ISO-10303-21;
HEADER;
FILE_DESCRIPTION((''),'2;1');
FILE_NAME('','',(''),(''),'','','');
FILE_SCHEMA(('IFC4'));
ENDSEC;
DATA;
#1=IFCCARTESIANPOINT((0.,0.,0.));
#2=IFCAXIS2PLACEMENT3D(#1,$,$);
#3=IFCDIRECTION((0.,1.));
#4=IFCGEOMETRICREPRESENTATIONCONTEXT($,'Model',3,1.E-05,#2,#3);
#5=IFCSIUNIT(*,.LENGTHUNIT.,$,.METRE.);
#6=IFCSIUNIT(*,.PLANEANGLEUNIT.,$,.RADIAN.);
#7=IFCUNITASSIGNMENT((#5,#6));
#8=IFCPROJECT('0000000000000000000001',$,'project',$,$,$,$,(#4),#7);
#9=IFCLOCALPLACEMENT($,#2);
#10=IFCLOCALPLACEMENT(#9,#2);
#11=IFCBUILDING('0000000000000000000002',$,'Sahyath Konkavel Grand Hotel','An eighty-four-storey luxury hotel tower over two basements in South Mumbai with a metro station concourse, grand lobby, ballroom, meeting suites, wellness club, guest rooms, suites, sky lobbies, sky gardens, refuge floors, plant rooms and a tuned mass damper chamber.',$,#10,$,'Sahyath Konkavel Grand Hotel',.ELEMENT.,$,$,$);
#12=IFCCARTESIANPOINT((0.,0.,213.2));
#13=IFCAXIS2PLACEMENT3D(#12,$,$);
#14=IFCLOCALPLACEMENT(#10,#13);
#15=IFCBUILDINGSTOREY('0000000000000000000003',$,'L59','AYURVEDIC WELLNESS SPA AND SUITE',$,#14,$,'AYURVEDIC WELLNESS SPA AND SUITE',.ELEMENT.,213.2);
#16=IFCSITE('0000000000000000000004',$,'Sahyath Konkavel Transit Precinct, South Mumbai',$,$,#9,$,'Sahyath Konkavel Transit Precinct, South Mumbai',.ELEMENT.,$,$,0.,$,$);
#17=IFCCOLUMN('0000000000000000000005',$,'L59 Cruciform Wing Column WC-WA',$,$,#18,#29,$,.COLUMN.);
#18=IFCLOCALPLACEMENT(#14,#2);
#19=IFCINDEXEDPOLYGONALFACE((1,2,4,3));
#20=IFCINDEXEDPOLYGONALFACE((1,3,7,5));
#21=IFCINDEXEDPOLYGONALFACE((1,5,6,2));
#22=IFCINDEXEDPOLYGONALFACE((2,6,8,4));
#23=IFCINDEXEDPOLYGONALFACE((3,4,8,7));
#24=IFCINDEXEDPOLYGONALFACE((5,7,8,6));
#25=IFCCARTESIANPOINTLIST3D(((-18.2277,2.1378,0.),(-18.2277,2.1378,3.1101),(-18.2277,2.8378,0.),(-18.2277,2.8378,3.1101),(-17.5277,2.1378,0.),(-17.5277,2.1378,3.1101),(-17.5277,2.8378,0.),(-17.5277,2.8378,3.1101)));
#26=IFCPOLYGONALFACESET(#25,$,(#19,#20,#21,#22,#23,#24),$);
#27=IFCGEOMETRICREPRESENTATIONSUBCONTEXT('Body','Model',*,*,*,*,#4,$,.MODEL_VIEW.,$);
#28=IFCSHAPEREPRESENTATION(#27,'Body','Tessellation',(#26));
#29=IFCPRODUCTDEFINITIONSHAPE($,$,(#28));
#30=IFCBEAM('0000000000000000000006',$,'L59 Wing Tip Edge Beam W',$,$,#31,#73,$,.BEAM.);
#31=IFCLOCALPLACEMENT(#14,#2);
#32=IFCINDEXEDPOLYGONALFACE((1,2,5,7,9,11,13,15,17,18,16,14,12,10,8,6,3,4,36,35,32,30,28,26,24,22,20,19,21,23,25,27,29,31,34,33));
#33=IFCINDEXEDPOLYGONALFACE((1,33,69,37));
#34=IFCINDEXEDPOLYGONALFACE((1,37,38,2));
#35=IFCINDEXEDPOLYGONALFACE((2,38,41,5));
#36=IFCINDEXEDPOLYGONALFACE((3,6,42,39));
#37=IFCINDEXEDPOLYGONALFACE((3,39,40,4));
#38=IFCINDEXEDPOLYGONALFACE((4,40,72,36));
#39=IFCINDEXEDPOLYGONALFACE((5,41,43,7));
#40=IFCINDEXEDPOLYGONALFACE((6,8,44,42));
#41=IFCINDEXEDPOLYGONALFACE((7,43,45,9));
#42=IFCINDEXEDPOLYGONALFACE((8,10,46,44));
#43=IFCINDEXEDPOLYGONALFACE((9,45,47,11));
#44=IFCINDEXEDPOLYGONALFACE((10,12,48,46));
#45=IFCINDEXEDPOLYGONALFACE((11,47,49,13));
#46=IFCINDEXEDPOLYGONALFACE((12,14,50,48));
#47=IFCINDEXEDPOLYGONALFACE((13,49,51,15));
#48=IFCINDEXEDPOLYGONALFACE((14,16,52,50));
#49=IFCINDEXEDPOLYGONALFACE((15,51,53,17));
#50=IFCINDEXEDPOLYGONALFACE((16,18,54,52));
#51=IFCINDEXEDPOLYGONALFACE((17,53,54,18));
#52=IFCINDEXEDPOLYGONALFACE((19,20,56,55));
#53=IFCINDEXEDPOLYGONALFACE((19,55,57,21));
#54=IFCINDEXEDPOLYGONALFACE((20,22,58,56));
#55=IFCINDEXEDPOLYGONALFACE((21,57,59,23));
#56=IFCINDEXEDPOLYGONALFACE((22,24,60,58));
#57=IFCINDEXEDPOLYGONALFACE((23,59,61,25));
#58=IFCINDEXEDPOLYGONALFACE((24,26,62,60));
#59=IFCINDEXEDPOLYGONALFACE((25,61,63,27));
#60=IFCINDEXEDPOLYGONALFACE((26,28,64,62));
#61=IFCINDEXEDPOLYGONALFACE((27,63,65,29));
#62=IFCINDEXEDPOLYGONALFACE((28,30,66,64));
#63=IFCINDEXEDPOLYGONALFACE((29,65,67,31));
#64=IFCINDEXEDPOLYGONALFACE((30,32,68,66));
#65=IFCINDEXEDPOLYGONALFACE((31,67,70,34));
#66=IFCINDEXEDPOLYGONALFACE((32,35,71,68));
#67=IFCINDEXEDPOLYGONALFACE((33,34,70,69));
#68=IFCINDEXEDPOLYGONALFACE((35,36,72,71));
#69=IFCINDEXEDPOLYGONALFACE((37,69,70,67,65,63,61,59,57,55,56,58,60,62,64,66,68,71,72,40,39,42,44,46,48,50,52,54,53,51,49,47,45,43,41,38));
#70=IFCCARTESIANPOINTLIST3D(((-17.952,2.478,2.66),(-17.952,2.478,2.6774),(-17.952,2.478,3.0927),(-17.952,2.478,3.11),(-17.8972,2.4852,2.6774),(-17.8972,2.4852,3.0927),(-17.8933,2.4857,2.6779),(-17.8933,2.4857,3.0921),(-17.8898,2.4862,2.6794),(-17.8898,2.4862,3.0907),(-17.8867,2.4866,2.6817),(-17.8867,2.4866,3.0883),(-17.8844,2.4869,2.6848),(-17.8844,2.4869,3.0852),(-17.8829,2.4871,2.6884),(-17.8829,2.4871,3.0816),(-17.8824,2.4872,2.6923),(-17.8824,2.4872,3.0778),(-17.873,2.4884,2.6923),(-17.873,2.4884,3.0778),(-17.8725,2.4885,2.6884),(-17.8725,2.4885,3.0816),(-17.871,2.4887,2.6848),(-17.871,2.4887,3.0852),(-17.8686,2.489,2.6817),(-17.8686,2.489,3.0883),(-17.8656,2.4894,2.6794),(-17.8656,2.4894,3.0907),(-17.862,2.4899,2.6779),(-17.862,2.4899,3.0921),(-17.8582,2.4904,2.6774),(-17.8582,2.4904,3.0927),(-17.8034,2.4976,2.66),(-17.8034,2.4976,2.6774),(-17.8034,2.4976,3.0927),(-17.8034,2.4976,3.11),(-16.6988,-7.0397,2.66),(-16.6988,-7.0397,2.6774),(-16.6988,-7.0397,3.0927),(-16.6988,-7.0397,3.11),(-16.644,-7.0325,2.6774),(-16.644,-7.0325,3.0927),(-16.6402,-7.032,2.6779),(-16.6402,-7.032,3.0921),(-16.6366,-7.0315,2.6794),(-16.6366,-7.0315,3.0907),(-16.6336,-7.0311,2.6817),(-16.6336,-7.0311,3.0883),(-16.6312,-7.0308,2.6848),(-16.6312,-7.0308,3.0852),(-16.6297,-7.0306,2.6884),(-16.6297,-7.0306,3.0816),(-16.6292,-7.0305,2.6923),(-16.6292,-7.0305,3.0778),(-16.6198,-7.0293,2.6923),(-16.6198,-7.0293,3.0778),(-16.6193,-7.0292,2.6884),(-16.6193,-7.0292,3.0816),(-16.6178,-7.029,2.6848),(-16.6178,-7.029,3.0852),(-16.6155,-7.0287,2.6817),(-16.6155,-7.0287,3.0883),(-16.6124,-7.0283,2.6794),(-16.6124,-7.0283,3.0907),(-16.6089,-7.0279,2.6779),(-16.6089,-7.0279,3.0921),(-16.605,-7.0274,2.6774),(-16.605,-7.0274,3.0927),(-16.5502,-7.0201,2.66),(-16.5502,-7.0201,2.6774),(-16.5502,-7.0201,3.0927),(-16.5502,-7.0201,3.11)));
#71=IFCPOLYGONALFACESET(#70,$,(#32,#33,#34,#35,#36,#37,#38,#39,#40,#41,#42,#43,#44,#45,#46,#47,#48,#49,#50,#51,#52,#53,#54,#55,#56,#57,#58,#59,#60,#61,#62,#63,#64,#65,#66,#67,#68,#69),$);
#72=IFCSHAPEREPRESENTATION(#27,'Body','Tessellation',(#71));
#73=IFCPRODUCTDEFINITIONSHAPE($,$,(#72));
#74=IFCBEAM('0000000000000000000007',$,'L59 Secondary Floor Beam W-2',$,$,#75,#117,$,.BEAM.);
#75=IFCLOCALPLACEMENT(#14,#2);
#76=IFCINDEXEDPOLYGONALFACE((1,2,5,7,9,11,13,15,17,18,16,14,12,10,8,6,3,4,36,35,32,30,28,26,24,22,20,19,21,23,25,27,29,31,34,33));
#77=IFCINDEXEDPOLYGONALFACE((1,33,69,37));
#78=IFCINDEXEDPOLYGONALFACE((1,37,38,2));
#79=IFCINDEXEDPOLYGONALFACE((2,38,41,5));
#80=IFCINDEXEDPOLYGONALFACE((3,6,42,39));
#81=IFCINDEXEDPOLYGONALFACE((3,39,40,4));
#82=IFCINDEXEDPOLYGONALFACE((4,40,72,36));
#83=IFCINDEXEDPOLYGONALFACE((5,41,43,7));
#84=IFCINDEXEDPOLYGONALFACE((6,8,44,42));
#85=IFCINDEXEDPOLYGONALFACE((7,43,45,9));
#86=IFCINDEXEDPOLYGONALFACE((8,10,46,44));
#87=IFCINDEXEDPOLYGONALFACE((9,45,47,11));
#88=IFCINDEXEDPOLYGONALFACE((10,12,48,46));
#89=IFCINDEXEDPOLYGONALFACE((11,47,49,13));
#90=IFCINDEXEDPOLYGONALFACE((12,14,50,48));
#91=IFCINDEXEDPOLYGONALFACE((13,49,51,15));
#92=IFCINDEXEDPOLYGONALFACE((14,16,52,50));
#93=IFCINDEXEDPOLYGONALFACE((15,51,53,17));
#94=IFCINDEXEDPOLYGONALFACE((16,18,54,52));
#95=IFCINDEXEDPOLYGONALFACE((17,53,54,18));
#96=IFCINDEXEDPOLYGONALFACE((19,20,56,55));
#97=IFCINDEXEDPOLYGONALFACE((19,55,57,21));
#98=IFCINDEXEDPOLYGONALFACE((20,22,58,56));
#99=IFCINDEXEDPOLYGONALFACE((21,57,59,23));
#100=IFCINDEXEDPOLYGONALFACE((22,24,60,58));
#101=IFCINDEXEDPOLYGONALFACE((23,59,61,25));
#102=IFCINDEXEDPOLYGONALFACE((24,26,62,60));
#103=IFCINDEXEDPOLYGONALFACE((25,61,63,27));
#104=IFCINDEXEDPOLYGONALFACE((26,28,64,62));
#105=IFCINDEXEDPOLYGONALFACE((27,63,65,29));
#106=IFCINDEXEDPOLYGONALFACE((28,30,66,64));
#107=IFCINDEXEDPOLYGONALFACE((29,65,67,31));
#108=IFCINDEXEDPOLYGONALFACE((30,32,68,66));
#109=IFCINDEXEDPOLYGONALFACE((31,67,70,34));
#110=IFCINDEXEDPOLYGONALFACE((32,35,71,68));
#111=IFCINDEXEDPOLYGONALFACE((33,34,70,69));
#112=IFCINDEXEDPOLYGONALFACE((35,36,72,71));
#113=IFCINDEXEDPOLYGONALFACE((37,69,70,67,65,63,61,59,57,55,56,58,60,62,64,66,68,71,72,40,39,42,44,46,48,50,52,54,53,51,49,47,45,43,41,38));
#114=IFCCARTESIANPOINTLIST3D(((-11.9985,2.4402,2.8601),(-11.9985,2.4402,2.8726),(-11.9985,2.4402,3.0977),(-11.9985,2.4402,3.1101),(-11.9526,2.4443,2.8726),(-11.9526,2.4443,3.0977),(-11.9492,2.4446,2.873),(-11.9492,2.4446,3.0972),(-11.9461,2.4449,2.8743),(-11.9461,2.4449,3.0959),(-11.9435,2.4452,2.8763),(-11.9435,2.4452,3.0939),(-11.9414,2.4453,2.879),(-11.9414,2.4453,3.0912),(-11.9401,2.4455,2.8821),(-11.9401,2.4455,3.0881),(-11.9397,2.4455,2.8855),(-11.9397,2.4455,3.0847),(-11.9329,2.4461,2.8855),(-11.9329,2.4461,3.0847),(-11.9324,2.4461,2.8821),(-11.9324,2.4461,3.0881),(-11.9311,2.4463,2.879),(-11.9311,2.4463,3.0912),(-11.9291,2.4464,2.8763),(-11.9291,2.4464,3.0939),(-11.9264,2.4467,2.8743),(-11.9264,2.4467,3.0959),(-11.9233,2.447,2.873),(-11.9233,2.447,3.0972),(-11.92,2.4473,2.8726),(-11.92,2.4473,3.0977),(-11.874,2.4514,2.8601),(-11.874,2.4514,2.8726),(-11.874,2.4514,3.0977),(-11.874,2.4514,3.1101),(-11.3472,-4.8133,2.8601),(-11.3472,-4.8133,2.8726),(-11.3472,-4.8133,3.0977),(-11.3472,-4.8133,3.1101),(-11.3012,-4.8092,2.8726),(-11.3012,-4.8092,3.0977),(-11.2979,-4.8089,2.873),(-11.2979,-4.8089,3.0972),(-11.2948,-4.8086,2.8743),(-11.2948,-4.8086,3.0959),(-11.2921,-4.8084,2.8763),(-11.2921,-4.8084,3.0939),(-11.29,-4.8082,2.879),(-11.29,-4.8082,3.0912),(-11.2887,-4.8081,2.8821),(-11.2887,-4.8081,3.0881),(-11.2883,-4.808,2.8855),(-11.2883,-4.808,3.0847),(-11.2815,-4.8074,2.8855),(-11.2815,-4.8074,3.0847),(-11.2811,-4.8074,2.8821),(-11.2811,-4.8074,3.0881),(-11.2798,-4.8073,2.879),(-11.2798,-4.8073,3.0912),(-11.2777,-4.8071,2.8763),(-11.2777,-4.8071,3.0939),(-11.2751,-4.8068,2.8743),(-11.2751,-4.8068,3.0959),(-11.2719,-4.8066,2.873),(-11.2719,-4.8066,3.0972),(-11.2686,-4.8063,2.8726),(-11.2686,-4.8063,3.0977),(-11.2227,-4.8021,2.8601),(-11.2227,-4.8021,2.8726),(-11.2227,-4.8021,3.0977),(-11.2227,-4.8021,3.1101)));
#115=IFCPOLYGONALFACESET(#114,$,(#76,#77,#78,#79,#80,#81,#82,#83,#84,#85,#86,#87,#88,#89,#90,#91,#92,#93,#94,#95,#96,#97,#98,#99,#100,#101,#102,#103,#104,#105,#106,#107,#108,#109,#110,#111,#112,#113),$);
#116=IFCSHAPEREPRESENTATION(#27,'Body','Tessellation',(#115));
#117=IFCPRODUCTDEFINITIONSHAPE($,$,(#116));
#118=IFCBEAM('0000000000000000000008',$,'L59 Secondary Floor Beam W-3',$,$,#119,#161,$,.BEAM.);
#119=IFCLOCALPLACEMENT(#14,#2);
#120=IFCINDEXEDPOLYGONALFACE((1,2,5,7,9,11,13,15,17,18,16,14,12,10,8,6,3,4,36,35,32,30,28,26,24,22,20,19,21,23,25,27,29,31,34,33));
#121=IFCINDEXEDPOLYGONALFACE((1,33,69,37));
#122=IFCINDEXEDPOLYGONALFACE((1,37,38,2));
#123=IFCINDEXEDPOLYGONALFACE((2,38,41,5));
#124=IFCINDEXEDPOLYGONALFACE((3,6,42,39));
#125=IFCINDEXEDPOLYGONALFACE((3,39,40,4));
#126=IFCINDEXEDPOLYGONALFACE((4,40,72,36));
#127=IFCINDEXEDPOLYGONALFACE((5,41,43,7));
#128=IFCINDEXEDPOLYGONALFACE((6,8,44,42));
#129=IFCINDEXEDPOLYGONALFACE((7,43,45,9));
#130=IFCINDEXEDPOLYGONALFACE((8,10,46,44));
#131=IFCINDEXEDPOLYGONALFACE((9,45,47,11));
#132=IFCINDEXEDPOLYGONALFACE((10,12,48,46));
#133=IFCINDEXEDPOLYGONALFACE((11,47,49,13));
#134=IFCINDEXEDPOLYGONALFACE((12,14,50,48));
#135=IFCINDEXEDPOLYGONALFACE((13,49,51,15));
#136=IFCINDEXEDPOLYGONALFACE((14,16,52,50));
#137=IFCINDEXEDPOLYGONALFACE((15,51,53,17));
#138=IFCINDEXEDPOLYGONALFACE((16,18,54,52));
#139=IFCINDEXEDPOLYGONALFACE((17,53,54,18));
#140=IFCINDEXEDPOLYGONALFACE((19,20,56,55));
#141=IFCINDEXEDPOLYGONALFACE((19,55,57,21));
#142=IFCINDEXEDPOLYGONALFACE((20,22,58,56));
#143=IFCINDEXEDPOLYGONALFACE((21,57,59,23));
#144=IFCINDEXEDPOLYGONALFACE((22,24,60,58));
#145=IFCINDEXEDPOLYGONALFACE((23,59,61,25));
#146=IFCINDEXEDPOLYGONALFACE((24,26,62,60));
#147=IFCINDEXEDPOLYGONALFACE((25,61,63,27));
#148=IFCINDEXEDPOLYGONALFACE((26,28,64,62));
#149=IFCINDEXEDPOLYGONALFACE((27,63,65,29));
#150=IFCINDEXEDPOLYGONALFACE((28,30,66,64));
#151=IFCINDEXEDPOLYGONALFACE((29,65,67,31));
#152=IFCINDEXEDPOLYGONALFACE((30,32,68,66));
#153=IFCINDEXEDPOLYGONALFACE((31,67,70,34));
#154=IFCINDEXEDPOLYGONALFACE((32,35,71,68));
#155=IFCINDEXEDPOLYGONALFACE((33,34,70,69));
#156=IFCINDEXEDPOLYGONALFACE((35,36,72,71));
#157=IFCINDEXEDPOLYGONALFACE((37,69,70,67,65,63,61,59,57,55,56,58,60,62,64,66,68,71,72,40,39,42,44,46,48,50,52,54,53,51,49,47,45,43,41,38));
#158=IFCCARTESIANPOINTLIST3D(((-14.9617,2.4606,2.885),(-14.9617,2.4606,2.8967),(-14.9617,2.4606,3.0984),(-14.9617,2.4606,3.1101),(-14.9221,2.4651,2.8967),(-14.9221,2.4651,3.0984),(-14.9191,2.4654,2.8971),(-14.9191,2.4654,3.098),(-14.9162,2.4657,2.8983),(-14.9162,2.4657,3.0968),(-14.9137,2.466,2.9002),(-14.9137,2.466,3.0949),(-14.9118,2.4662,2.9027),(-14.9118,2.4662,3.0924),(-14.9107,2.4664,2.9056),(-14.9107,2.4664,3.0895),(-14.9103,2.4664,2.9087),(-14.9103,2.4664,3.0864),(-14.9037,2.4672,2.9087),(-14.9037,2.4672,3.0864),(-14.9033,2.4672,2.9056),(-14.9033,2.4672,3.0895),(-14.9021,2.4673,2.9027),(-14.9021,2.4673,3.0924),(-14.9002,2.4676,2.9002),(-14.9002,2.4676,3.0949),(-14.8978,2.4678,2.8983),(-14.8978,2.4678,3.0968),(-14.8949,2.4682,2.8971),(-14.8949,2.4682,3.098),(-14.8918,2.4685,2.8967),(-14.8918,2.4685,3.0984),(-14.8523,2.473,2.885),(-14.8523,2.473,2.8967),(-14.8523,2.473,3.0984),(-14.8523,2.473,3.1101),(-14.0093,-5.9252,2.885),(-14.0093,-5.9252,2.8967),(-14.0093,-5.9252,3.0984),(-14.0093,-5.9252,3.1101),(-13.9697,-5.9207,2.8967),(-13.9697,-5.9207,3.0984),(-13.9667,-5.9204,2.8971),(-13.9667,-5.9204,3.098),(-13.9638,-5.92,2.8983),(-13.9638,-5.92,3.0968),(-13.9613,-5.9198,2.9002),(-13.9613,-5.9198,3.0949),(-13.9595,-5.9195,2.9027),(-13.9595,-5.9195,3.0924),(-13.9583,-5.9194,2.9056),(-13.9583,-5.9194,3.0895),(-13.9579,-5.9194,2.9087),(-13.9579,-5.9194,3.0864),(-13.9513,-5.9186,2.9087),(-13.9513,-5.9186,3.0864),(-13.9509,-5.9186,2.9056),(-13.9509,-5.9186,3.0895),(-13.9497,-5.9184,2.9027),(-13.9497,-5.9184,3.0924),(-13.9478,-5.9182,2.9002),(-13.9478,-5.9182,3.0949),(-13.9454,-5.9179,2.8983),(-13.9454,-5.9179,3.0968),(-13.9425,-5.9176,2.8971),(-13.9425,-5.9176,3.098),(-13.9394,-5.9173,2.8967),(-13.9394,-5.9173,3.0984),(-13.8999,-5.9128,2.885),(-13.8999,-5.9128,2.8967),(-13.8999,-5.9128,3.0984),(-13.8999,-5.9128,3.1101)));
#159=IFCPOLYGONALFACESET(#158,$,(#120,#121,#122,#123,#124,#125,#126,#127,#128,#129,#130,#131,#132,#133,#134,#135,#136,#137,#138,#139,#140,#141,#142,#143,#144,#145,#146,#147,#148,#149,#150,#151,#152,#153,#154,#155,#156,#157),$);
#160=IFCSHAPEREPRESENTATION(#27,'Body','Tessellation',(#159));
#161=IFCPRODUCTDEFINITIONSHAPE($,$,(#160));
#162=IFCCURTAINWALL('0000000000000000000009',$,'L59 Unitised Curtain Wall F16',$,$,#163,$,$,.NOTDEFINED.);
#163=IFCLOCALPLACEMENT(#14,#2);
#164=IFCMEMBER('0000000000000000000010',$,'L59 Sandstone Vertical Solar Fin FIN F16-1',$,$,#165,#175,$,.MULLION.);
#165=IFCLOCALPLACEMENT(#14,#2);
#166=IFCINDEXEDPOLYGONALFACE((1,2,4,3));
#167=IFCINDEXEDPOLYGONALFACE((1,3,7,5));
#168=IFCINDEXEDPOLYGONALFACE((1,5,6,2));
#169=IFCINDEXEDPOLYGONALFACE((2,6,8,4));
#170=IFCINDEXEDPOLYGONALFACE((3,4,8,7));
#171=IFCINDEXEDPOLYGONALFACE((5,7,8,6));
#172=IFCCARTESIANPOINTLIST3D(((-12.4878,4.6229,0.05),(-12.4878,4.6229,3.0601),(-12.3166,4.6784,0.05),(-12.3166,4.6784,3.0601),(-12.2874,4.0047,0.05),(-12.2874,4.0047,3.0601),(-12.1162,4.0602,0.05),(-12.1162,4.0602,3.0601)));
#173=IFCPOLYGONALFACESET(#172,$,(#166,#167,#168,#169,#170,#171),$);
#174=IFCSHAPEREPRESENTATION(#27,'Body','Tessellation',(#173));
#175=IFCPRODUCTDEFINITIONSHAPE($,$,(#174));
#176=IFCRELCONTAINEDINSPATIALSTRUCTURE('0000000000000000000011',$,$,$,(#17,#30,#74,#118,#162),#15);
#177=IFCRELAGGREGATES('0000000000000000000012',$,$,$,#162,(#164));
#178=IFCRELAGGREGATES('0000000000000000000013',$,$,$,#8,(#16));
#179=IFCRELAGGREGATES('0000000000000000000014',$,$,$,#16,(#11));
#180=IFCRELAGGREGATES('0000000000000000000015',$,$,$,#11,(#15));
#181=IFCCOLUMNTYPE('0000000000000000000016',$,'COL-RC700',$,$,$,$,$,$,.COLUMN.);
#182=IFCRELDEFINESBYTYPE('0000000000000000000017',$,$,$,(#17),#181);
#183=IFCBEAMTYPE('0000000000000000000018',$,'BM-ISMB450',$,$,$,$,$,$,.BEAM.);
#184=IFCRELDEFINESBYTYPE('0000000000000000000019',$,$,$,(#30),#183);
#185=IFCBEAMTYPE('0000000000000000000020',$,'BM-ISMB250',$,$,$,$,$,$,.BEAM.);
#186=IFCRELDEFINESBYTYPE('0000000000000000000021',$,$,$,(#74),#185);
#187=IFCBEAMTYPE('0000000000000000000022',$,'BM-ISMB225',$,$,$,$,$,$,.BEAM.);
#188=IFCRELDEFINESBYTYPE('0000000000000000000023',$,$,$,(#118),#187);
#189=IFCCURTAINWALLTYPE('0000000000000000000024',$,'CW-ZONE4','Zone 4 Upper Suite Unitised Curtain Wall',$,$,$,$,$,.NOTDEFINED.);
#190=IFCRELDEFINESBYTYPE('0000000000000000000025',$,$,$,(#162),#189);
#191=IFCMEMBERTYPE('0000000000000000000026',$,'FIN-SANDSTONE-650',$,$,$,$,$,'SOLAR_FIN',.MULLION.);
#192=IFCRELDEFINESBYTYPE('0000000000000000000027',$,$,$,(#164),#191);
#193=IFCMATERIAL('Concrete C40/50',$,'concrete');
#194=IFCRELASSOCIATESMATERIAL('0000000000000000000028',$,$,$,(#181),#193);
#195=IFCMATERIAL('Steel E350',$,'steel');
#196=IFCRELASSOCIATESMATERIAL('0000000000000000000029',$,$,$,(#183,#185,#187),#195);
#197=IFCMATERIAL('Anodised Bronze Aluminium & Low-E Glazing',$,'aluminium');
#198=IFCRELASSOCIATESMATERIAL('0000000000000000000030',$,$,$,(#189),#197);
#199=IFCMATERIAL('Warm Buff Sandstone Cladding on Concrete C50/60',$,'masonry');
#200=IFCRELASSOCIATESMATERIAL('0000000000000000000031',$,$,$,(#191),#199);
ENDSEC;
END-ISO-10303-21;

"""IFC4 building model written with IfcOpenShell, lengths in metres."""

from ifc_helpers import new_model, si_unit, direction, frame, origin, origin_2d, place, context, subcontext, project, spatial, rectangle, i_section, extrude, source, transform, mapped, material, material_profile, profile_set, type_object, element, aggregate, save


model = new_model("IFC4")

# Units and contexts
model_context = context("Model", 3, precision=1e-05, world=origin(), true_north=direction((0.0, 1.0)))
body_context = subcontext(model_context, "Body", "Model", "MODEL_VIEW")
ifc_project = project(units=[si_unit("LENGTHUNIT", "METRE"), si_unit("PLANEANGLEUNIT", "RADIAN")], contexts=[model_context])

# Site, building, storey
site_placement = place(None, origin())
site = spatial("IfcSite", under=ifc_project, at=site_placement, Name="Sahyath Konkavel Transit Precinct, South Mumbai", LongName="Sahyath Konkavel Transit Precinct, South Mumbai", CompositionType="ELEMENT", RefElevation=0.0)
building_placement = place(site_placement, origin())
building = spatial("IfcBuilding", under=site, at=building_placement, Name="Sahyath Konkavel Grand Hotel", Description="An eighty-four-storey luxury hotel tower over two basements in South Mumbai with a metro station concourse, grand lobby, ballroom, meeting suites, wellness club, guest rooms, suites, sky lobbies, sky gardens, refuge floors, plant rooms and a tuned mass damper chamber.", LongName="Sahyath Konkavel Grand Hotel", CompositionType="ELEMENT")
storey_placement = place(building_placement, frame((0.0, 0.0, 213.2)))
storey = spatial("IfcBuildingStorey", under=building, at=storey_placement, Name="L59", Description="AYURVEDIC WELLNESS SPA AND SUITE", LongName="AYURVEDIC WELLNESS SPA AND SUITE", CompositionType="ELEMENT", Elevation=213.2)

# Column
ifc_material_1 = material(Name="Concrete C40/50", Category="concrete")
ifc_material_profile_1 = material_profile(ifc_material_1, rectangle(XDim=0.7, YDim=0.7, at=origin_2d()), Name="RC 700x700")
ifc_profile_set_1 = profile_set([ifc_material_profile_1], Name="Concrete C40/50")
column_type = type_object("IfcColumnType", Name="COL-RC700", PredefinedType="COLUMN", material=ifc_profile_set_1)
shared_shape_1 = source(origin(), body_context, "Body", "SweptSolid", [
    extrude(rectangle(XDim=0.7, YDim=0.7, at=origin_2d()), origin(), (0.0, 0.0, 1.0), 3.1101),
])
column_placement = place(storey_placement, frame((-17.8777, 2.4878, 0.0), z_axis=(0.0, 0.0, 1.0), x_axis=(1.0, 0.0, 0.0)))
element("IfcColumn", 1, at=column_placement, inside=storey, type_object=column_type, Name="L59 Cruciform Wing Column WC-WA", PredefinedType="COLUMN", context=body_context, shape_type="MappedRepresentation", body=[
    mapped(shared_shape_1, transform((0.0, 0.0, 0.0), scale=1.0)),
])

# Beams
ifc_material_2 = material(Name="Steel E350", Category="steel")
ifc_material_profile_2 = material_profile(ifc_material_2, i_section(OverallWidth=0.1499, OverallDepth=0.45, WebThickness=0.0095, FlangeThickness=0.0173, FilletRadius=0.0149, at=origin_2d()), Name="ISMB 450")
ifc_profile_set_2 = profile_set([ifc_material_profile_2], Name="Steel E350")
beam_type_1 = type_object("IfcBeamType", Name="BM-ISMB450", PredefinedType="BEAM", material=ifc_profile_set_2)
shared_shape_2 = source(origin(), body_context, "Body", "SweptSolid", [
    extrude(i_section(OverallWidth=0.1499, OverallDepth=0.45, WebThickness=0.0095, FlangeThickness=0.0173, FilletRadius=0.0149, at=origin_2d()), origin(), (0.0, 0.0, 1.0), 9.5999),
])
beam_1_placement = place(storey_placement, frame((-17.8777, 2.4878, 2.885), z_axis=(0.130539, -0.991443, 0.0), x_axis=(0.991443, 0.130539, 0.0)))
element("IfcBeam", 2, at=beam_1_placement, inside=storey, type_object=beam_type_1, Name="L59 Wing Tip Edge Beam W", PredefinedType="BEAM", context=body_context, shape_type="MappedRepresentation", body=[
    mapped(shared_shape_2, transform((0.0, 0.0, 0.0), scale=1.0)),
])
ifc_material_profile_3 = material_profile(ifc_material_2, i_section(OverallWidth=0.125, OverallDepth=0.25, WebThickness=0.0068, FlangeThickness=0.0125, FilletRadius=0.0129, at=origin_2d()), Name="ISMB 250")
ifc_profile_set_3 = profile_set([ifc_material_profile_3], Name="Steel E350")
beam_type_2 = type_object("IfcBeamType", Name="BM-ISMB250", PredefinedType="BEAM", material=ifc_profile_set_3)
shared_shape_3 = source(origin(), body_context, "Body", "SweptSolid", [
    extrude(i_section(OverallWidth=0.125, OverallDepth=0.25, WebThickness=0.0068, FlangeThickness=0.0125, FilletRadius=0.0129, at=origin_2d()), origin(), (0.0, 0.0, 1.0), 7.2827),
])
beam_2_placement = place(storey_placement, frame((-11.9363, 2.4458, 2.9851), z_axis=(0.089441, -0.995992, 0.0), x_axis=(0.995992, 0.089441, 0.0)))
element("IfcBeam", 3, at=beam_2_placement, inside=storey, type_object=beam_type_2, Name="L59 Secondary Floor Beam W-2", PredefinedType="BEAM", context=body_context, shape_type="MappedRepresentation", body=[
    mapped(shared_shape_3, transform((0.0, 0.0, 0.0), scale=1.0)),
])
ifc_material_profile_4 = material_profile(ifc_material_2, i_section(OverallWidth=0.1101, OverallDepth=0.2251, WebThickness=0.0066, FlangeThickness=0.0117, FilletRadius=0.012, at=origin_2d()), Name="ISMB 225")
ifc_profile_set_4 = profile_set([ifc_material_profile_4], Name="Steel E350")
beam_type_3 = type_object("IfcBeamType", Name="BM-ISMB225", PredefinedType="BEAM", material=ifc_profile_set_4)
shared_shape_4 = source(origin(), body_context, "Body", "SweptSolid", [
    extrude(i_section(OverallWidth=0.1101, OverallDepth=0.2251, WebThickness=0.0066, FlangeThickness=0.0117, FilletRadius=0.012, at=origin_2d()), origin(), (0.0, 0.0, 1.0), 8.4397),
])
beam_3_placement = place(storey_placement, frame((-14.907, 2.4668, 2.9976), z_axis=(0.112847, -0.993612, 0.0), x_axis=(0.993612, 0.112847, 0.0)))
element("IfcBeam", 4, at=beam_3_placement, inside=storey, type_object=beam_type_3, Name="L59 Secondary Floor Beam W-3", PredefinedType="BEAM", context=body_context, shape_type="MappedRepresentation", body=[
    mapped(shared_shape_4, transform((0.0, 0.0, 0.0), scale=1.0)),
])

# Curtain wall, member
ifc_material_3 = material(Name="Anodised Bronze Aluminium & Low-E Glazing", Category="aluminium")
curtain_wall_type = type_object("IfcCurtainWallType", Name="CW-ZONE4", Description="Zone 4 Upper Suite Unitised Curtain Wall", PredefinedType="NOTDEFINED", material=ifc_material_3)
curtain_wall_1_placement = place(storey_placement, origin())
curtain_wall_1 = element("IfcCurtainWall", 5, at=curtain_wall_1_placement, inside=storey, type_object=curtain_wall_type, Name="L59 Unitised Curtain Wall F16", PredefinedType="NOTDEFINED")
ifc_material_4 = material(Name="Warm Buff Sandstone Cladding on Concrete C50/60", Category="masonry")
ifc_material_profile_5 = material_profile(ifc_material_4, rectangle(XDim=0.1799, YDim=0.6499, at=origin_2d()), Name="FIN 180x650")
ifc_profile_set_5 = profile_set([ifc_material_profile_5], Name="Warm Buff Sandstone Cladding on Concrete C50/60")
member_type_1 = type_object("IfcMemberType", Name="FIN-SANDSTONE-650", ElementType="SOLAR_FIN", PredefinedType="MULLION", material=ifc_profile_set_5)
shared_shape_5 = source(origin(), body_context, "Body", "SweptSolid", [
    extrude(rectangle(XDim=0.1799, YDim=0.6499, at=origin_2d()), origin(), (0.0, 0.0, 1.0), 3.01),
])
member_1_placement = place(storey_placement, frame((-12.302, 4.3416, 0.05), z_axis=(0.0, 0.0, 1.0), x_axis=(0.951272, 0.308353, 0.0)))
member_1 = element("IfcMember", 6, at=member_1_placement, type_object=member_type_1, Name="L59 Sandstone Vertical Solar Fin FIN F16-1", PredefinedType="MULLION", context=body_context, shape_type="MappedRepresentation", body=[
    mapped(shared_shape_5, transform((0.0, 0.0, 0.0), scale=1.0)),
])

aggregate(curtain_wall_1, [member_1])

save(model, "model.ifc")
